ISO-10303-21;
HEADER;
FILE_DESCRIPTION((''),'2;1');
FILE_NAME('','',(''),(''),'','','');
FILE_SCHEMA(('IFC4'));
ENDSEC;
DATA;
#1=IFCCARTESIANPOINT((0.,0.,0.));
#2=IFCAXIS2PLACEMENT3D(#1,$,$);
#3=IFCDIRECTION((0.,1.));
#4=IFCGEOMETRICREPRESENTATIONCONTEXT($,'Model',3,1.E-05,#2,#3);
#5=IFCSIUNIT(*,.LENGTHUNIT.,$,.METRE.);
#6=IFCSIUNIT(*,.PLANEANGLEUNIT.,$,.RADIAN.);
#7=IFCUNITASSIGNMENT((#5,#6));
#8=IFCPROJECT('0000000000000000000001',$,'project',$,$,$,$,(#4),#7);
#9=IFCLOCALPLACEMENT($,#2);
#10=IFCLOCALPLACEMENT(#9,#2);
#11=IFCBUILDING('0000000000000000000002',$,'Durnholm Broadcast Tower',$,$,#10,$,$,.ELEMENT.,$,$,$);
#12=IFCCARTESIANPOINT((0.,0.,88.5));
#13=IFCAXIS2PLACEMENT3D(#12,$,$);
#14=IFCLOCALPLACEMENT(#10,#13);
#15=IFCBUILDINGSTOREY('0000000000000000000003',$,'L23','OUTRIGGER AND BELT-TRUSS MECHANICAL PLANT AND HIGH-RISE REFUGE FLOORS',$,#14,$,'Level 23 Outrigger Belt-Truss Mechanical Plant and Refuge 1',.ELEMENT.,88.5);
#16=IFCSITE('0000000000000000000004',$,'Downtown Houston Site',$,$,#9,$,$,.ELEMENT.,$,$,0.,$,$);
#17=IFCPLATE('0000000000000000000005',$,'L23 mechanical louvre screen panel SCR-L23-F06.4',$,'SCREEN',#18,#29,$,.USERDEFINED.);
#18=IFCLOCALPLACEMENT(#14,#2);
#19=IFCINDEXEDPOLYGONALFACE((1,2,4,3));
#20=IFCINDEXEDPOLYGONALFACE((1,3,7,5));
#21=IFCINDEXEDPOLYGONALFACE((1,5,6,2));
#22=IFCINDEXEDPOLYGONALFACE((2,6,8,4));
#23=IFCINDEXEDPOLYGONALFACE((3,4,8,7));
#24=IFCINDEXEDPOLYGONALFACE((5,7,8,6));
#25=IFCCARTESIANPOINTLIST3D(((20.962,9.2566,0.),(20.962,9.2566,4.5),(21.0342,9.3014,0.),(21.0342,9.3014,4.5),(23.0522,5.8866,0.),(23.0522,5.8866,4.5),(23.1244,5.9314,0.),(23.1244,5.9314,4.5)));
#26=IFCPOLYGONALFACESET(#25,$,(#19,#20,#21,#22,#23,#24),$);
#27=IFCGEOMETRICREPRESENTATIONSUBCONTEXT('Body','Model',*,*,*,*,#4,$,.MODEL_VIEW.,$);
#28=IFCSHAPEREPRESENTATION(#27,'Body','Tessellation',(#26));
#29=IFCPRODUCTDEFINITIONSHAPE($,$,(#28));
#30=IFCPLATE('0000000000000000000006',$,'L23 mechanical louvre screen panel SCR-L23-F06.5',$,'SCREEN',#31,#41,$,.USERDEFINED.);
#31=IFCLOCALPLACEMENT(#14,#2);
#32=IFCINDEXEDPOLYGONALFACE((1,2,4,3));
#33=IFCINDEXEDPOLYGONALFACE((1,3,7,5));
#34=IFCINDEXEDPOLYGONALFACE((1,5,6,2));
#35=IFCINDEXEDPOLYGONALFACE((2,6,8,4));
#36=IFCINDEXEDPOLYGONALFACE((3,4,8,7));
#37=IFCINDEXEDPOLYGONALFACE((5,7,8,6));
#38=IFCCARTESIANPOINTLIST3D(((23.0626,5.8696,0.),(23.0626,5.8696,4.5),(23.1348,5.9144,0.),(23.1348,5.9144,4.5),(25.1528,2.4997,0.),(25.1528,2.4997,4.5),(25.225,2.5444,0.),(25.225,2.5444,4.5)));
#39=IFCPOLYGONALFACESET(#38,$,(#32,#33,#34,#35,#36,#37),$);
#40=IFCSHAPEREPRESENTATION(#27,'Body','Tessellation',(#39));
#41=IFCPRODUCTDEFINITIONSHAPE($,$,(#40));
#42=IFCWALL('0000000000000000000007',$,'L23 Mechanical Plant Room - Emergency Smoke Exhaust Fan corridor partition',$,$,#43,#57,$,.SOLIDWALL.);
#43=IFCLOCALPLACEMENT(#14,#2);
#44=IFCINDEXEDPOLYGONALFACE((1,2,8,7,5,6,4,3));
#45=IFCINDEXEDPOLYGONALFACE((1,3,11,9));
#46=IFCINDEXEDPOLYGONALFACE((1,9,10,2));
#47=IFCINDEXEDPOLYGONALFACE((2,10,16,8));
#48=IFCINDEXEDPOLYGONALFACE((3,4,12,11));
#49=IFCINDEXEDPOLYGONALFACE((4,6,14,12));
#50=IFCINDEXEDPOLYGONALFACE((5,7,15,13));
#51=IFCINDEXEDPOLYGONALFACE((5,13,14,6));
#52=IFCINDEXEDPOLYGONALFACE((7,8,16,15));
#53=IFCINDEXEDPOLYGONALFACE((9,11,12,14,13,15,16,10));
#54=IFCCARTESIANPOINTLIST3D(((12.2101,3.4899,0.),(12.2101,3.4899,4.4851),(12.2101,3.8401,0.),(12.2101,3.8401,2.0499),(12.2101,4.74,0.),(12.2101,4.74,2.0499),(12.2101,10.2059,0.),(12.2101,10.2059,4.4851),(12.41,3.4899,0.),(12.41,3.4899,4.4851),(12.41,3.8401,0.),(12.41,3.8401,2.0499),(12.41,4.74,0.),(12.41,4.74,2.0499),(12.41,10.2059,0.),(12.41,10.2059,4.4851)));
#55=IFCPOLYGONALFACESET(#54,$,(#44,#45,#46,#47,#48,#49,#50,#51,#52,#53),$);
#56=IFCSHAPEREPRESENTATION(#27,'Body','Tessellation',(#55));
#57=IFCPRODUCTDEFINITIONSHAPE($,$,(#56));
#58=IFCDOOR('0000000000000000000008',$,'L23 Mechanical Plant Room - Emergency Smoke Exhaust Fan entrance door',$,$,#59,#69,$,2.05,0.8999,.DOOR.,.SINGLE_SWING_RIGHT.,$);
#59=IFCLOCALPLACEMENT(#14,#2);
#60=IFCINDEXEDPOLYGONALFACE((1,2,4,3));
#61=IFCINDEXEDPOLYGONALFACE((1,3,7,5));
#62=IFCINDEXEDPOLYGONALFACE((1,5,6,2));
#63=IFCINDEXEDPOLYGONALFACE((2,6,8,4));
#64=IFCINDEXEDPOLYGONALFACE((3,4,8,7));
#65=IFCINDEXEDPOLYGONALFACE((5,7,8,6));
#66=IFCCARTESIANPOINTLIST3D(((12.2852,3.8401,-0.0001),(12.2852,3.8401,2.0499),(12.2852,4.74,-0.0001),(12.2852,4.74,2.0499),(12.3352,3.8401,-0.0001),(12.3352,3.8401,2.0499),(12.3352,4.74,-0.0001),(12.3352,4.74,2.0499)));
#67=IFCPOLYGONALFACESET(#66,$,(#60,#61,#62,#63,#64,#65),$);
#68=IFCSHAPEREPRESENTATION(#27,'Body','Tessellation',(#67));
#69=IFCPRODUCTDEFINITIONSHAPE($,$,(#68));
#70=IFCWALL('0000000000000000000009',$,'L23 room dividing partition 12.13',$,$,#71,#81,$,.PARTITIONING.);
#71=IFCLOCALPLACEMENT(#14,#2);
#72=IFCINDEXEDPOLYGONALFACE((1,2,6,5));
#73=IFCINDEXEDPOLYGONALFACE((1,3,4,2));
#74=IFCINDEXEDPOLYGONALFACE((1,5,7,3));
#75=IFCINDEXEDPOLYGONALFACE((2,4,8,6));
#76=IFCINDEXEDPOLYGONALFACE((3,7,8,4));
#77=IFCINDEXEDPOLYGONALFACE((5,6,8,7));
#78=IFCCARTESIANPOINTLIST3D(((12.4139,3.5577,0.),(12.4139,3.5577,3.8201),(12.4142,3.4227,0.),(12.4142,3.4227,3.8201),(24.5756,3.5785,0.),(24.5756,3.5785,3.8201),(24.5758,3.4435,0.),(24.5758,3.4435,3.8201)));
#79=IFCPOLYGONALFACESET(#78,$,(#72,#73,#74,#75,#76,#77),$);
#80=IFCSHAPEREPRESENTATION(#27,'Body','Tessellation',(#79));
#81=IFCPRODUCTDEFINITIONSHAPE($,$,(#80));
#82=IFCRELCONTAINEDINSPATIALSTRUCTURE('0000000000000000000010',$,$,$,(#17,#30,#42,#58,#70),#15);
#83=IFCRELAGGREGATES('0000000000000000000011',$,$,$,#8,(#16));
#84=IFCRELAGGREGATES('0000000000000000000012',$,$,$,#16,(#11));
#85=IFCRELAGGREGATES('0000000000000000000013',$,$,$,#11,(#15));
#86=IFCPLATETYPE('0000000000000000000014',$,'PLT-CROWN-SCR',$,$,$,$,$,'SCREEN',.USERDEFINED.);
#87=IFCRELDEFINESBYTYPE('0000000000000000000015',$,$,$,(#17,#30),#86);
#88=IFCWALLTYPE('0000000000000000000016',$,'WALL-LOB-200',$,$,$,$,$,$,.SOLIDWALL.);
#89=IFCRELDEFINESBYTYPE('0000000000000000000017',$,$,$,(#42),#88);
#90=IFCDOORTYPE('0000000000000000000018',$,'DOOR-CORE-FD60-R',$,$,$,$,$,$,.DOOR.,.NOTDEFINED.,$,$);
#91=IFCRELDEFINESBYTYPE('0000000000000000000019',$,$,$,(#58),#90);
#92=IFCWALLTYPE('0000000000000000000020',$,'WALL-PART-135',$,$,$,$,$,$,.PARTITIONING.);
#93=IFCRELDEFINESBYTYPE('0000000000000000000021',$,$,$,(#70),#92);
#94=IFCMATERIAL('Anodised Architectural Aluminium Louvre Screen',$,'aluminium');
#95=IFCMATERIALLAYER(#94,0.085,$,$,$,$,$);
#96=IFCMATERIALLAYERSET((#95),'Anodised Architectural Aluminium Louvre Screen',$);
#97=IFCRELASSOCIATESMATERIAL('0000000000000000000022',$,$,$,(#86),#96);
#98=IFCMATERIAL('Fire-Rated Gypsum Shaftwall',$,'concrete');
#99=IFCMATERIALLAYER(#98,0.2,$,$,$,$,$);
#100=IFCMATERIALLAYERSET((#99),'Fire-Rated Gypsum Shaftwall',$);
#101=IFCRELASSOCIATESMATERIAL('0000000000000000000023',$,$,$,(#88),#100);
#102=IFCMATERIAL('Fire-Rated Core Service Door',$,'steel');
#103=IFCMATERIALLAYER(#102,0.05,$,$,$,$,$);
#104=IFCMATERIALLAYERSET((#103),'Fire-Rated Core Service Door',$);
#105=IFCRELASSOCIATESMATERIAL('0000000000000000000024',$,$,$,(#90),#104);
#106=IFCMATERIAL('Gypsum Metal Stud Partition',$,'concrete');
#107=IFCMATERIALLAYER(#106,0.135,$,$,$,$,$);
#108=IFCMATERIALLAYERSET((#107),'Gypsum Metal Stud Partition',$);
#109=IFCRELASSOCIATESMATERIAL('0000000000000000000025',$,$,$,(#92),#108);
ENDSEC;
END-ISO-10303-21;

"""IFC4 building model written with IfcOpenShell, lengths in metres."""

from ifc_helpers import new_model, si_unit, direction, frame, frame_2d, origin, origin_2d, place, context, subcontext, project, spatial, rectangle, extrude, source, transform, mapped, material, layer, layer_set, type_object, type_shapes, element, fill, save


model = new_model("IFC4")

# Units and contexts
model_context = context("Model", 3, precision=1e-05, world=origin(), true_north=direction((0.0, 1.0)))
body_context = subcontext(model_context, "Body", "Model", "MODEL_VIEW")
ifc_project = project(units=[si_unit("LENGTHUNIT", "METRE"), si_unit("PLANEANGLEUNIT", "RADIAN")], contexts=[model_context])

# Site, building, storey
site_placement = place(None, origin())
site = spatial("IfcSite", under=ifc_project, at=site_placement, Name="Downtown Houston Site", CompositionType="ELEMENT", RefElevation=0.0)
building_placement = place(site_placement, origin())
building = spatial("IfcBuilding", under=site, at=building_placement, Name="Durnholm Broadcast Tower", CompositionType="ELEMENT")
storey_placement = place(building_placement, frame((0.0, 0.0, 88.5)))
storey = spatial("IfcBuildingStorey", under=building, at=storey_placement, Name="L23", Description="OUTRIGGER AND BELT-TRUSS MECHANICAL PLANT AND HIGH-RISE REFUGE FLOORS", LongName="Level 23 Outrigger Belt-Truss Mechanical Plant and Refuge 1", CompositionType="ELEMENT", Elevation=88.5)

# Plates
ifc_material_1 = material(Name="Anodised Architectural Aluminium Louvre Screen", Category="aluminium")
ifc_layer_1 = layer(ifc_material_1, 0.085)
ifc_layer_set_1 = layer_set([ifc_layer_1], Name="Anodised Architectural Aluminium Louvre Screen")
plate_type_1 = type_object("IfcPlateType", Name="PLT-CROWN-SCR", ElementType="SCREEN", PredefinedType="USERDEFINED", material=ifc_layer_set_1)
shared_shape_1 = source(origin(), body_context, "Body", "SweptSolid", [
    extrude(rectangle(XDim=3.9656, YDim=0.085, at=origin_2d()), origin(), (0.0, 0.0, 1.0), 4.5),
])
for number, where, z_axis, x_axis, name in (
    (1, (22.0432, 7.594, 0.0), (0.0, 0.0, 1.0), (0.527104, -0.849801, 0.0), "L23 mechanical louvre screen panel SCR-L23-F06.4"),
    (2, (24.1438, 4.207, 0.0), (0.0, 0.0, 1.0), (0.527104, -0.849801, 0.0), "L23 mechanical louvre screen panel SCR-L23-F06.5"),
):
    element("IfcPlate", number, at=place(storey_placement, frame(where, z_axis=z_axis, x_axis=x_axis)), inside=storey, type_object=plate_type_1, Name=name, ObjectType="SCREEN", PredefinedType="USERDEFINED", context=body_context, shape_type="MappedRepresentation", body=[
        mapped(shared_shape_1, transform((0.0, 0.0, 0.0), x_axis=(1.0, 0.0, 0.0), y_axis=(0.0, 1.0, 0.0), z_axis=(0.0, 0.0, 1.0), scale=1.0)),
    ])

# Wall, opening, door
ifc_material_2 = material(Name="Fire-Rated Gypsum Shaftwall", Category="concrete")
ifc_layer_2 = layer(ifc_material_2, 0.2)
ifc_layer_set_2 = layer_set([ifc_layer_2], Name="Fire-Rated Gypsum Shaftwall")
wall_type_1 = type_object("IfcWallType", Name="WALL-LOB-200", PredefinedType="SOLIDWALL", material=ifc_layer_set_2)
wall_1_placement = place(storey_placement, frame((12.3101, 3.49, 0.0), z_axis=(0.0, 0.0, 1.0), x_axis=(0.0, 1.0, 0.0)))
wall_1 = element("IfcWall", 3, at=wall_1_placement, inside=storey, type_object=wall_type_1, Name="L23 Mechanical Plant Room - Emergency Smoke Exhaust Fan corridor partition", PredefinedType="SOLIDWALL", context=body_context, shape_type="SweptSolid", body=[
    extrude(rectangle(XDim=6.7161, YDim=0.2, at=frame_2d((3.3579, 0.0))), origin(), (0.0, 0.0, 1.0), 4.4851),
])
opening_placement = place(wall_1_placement, frame((0.3501, 0.0, 0.0)))
opening = element("IfcOpeningElement", 4, at=opening_placement, cuts=wall_1, PredefinedType="OPENING", context=body_context, shape_type="SweptSolid", body=[
    extrude(rectangle(XDim=0.8999, YDim=2.05, at=frame_2d((0.45, 1.0249))), frame((0.0, 0.1099, 0.0), z_axis=(0.0, -1.0, 0.0), x_axis=(1.0, 0.0, 0.0)), (0.0, 0.0, 1.0), 0.22),
])
ifc_material_3 = material(Name="Fire-Rated Core Service Door", Category="steel")
ifc_layer_3 = layer(ifc_material_3, 0.05)
ifc_layer_set_3 = layer_set([ifc_layer_3], Name="Fire-Rated Core Service Door")
door_type = type_object("IfcDoorType", Name="DOOR-CORE-FD60-R", OperationType="NOTDEFINED", PredefinedType="DOOR", material=ifc_layer_set_3)
shared_shape_2 = source(origin(), body_context, "Body", "SweptSolid", [
    extrude(rectangle(XDim=0.8999, YDim=2.05, at=frame_2d((0.45, 1.0249))), frame((0.0, 0.0249, 0.0), z_axis=(0.0, -1.0, 0.0), x_axis=(1.0, 0.0, 0.0)), (0.0, 0.0, 1.0), 0.05),
])
type_shapes(door_type, [shared_shape_2])
door_placement = place(opening_placement, origin())
door = element("IfcDoor", 5, at=door_placement, inside=storey, type_object=door_type, Name="L23 Mechanical Plant Room - Emergency Smoke Exhaust Fan entrance door", OperationType="SINGLE_SWING_RIGHT", OverallHeight=2.05, OverallWidth=0.8999, PredefinedType="DOOR", context=body_context, shape_type="MappedRepresentation", body=[
    mapped(shared_shape_2, transform((0.0, 0.0, 0.0), x_axis=(1.0, 0.0, 0.0), y_axis=(0.0, 1.0, 0.0), z_axis=(0.0, 0.0, 1.0), scale=1.0)),
])
fill(opening, door)

# Wall
ifc_material_4 = material(Name="Gypsum Metal Stud Partition", Category="concrete")
ifc_layer_4 = layer(ifc_material_4, 0.135)
ifc_layer_set_4 = layer_set([ifc_layer_4], Name="Gypsum Metal Stud Partition")
wall_type_2 = type_object("IfcWallType", Name="WALL-PART-135", PredefinedType="PARTITIONING", material=ifc_layer_set_4)
wall_2_placement = place(storey_placement, frame((12.4141, 3.4902, 0.0), z_axis=(0.0, 0.0, 1.0), x_axis=(0.999999, 0.001706, 0.0)))
element("IfcWall", 6, at=wall_2_placement, inside=storey, type_object=wall_type_2, Name="L23 room dividing partition 12.13", PredefinedType="PARTITIONING", context=body_context, shape_type="SweptSolid", body=[
    extrude(rectangle(XDim=12.1616, YDim=0.135, at=frame_2d((6.0808, 0.0))), origin(), (0.0, 0.0, 1.0), 3.8201),
])

save(model, "model.ifc")
